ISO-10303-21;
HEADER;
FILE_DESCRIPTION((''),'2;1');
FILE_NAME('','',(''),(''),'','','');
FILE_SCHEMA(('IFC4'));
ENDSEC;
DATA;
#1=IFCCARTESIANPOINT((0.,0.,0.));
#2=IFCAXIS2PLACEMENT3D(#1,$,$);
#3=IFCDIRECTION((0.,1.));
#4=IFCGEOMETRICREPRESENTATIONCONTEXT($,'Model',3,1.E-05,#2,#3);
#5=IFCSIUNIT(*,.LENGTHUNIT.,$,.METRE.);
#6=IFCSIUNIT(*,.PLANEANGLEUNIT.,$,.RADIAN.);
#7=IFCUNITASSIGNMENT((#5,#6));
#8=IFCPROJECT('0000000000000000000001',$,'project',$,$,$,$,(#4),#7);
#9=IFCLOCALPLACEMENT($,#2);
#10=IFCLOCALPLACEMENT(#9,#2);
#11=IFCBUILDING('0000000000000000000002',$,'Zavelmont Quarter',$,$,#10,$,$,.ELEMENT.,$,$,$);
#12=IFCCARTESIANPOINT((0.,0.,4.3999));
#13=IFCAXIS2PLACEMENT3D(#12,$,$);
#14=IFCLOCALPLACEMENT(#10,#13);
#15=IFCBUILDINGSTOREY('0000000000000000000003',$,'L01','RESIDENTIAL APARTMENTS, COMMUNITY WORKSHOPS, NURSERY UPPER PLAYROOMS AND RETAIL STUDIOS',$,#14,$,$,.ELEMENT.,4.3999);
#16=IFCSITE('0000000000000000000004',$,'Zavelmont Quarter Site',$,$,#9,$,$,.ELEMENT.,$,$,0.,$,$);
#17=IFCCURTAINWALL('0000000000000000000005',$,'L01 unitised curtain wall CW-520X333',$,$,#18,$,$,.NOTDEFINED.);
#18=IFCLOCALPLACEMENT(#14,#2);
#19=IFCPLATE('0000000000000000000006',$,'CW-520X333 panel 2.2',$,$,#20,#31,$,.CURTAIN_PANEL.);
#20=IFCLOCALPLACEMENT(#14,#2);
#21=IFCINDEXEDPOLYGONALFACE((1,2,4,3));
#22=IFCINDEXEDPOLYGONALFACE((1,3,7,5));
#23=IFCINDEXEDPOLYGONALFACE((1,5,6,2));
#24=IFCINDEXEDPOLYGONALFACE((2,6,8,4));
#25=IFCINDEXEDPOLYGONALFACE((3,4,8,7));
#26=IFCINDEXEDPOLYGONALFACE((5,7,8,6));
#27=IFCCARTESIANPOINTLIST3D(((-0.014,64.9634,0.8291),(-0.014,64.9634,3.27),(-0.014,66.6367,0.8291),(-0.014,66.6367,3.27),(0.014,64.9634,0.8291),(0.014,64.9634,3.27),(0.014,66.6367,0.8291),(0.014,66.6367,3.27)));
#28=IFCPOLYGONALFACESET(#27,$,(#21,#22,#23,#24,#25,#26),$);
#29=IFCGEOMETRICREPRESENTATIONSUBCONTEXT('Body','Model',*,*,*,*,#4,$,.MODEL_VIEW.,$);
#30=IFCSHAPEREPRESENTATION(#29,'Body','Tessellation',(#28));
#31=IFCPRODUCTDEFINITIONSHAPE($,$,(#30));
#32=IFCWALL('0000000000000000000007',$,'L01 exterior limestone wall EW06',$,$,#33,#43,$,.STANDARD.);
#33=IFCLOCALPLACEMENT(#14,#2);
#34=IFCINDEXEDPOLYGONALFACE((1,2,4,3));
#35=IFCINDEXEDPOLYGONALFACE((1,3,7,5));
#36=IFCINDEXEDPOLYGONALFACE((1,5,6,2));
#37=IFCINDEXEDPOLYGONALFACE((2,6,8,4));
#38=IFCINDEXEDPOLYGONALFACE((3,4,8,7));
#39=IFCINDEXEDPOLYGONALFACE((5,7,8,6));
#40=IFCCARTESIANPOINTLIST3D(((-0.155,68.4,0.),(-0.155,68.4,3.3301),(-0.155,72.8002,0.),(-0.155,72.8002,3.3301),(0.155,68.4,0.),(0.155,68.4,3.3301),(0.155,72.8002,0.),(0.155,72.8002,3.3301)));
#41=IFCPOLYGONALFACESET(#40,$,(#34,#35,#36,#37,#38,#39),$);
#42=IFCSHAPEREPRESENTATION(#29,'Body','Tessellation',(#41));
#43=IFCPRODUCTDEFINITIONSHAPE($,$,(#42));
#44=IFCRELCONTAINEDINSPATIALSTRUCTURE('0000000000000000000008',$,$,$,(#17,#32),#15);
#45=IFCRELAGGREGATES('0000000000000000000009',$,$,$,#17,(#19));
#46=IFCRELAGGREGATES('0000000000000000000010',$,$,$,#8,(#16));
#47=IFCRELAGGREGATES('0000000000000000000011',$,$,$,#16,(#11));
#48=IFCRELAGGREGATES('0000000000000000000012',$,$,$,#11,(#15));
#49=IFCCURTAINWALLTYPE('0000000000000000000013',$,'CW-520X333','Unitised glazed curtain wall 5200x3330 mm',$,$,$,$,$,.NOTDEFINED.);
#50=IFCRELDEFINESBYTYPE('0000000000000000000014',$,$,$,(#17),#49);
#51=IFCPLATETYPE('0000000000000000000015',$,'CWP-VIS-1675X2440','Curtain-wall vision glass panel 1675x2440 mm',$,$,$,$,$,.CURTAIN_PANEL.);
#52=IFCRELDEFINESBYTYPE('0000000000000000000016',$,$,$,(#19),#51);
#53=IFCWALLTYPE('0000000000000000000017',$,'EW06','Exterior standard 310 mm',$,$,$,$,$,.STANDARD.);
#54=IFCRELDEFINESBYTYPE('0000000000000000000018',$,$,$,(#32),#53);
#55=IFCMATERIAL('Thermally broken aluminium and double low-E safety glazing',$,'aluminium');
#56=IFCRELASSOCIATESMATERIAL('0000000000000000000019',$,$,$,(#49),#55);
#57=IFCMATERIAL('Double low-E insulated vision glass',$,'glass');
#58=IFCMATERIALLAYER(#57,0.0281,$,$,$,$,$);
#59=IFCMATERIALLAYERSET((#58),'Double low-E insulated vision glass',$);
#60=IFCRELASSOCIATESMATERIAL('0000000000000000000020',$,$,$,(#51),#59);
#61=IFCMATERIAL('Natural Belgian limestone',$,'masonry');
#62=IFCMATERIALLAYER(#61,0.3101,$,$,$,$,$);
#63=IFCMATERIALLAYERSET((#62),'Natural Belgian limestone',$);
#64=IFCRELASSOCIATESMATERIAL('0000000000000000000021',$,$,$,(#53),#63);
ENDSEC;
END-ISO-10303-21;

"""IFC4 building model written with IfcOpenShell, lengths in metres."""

from ifc_helpers import new_model, si_unit, direction, frame, frame_2d, origin, origin_2d, place, context, subcontext, project, spatial, rectangle, extrude, material, layer, layer_set, type_object, element, aggregate, save


model = new_model("IFC4")

# Units and contexts
model_context = context("Model", 3, precision=1e-05, world=origin(), true_north=direction((0.0, 1.0)))
body_context = subcontext(model_context, "Body", "Model", "MODEL_VIEW")
ifc_project = project(units=[si_unit("LENGTHUNIT", "METRE"), si_unit("PLANEANGLEUNIT", "RADIAN")], contexts=[model_context])

# Site, building, storey
site_placement = place(None, origin())
site = spatial("IfcSite", under=ifc_project, at=site_placement, Name="Zavelmont Quarter Site", CompositionType="ELEMENT", RefElevation=0.0)
building_placement = place(site_placement, origin())
building = spatial("IfcBuilding", under=site, at=building_placement, Name="Zavelmont Quarter", CompositionType="ELEMENT")
storey_placement = place(building_placement, frame((0.0, 0.0, 4.3999)))
storey = spatial("IfcBuildingStorey", under=building, at=storey_placement, Name="L01", Description="RESIDENTIAL APARTMENTS, COMMUNITY WORKSHOPS, NURSERY UPPER PLAYROOMS AND RETAIL STUDIOS", CompositionType="ELEMENT", Elevation=4.3999)

# Curtain wall
ifc_material_1 = material(Name="Thermally broken aluminium and double low-E safety glazing", Category="aluminium")
curtain_wall_type_1 = type_object("IfcCurtainWallType", Name="CW-520X333", Description="Unitised glazed curtain wall 5200x3330 mm", PredefinedType="NOTDEFINED", material=ifc_material_1)
curtain_wall_1_placement = place(storey_placement, origin())
curtain_wall_1 = element("IfcCurtainWall", 1, at=curtain_wall_1_placement, inside=storey, type_object=curtain_wall_type_1, Name="L01 unitised curtain wall CW-520X333", PredefinedType="NOTDEFINED")

# Plate
ifc_material_2 = material(Name="Double low-E insulated vision glass", Category="glass")
ifc_layer_1 = layer(ifc_material_2, 0.0281)
ifc_layer_set_1 = layer_set([ifc_layer_1], Name="Double low-E insulated vision glass")
plate_type_1 = type_object("IfcPlateType", Name="CWP-VIS-1675X2440", Description="Curtain-wall vision glass panel 1675x2440 mm", PredefinedType="CURTAIN_PANEL", material=ifc_layer_set_1)
plate_1_placement = place(storey_placement, frame((0.0, 65.8, 0.8291), z_axis=(0.0, 0.0, 1.0), x_axis=(0.0, 1.0, 0.0)))
plate_1 = element("IfcPlate", 2, at=plate_1_placement, type_object=plate_type_1, Name="CW-520X333 panel 2.2", PredefinedType="CURTAIN_PANEL", context=body_context, shape_type="SweptSolid", body=[
    extrude(rectangle(XDim=1.6733, YDim=0.0281, at=origin_2d()), origin(), (0.0, 0.0, 1.0), 2.4409),
])
aggregate(curtain_wall_1, [plate_1])

# Wall
ifc_material_3 = material(Name="Natural Belgian limestone", Category="masonry")
ifc_layer_2 = layer(ifc_material_3, 0.3101)
ifc_layer_set_2 = layer_set([ifc_layer_2], Name="Natural Belgian limestone")
wall_type = type_object("IfcWallType", Name="EW06", Description="Exterior standard 310 mm", PredefinedType="STANDARD", material=ifc_layer_set_2)
wall_placement = place(storey_placement, frame((0.0, 68.3999, 0.0), z_axis=(0.0, 0.0, 1.0), x_axis=(0.0, 1.0, 0.0)))
element("IfcWall", 3, at=wall_placement, inside=storey, type_object=wall_type, Name="L01 exterior limestone wall EW06", PredefinedType="STANDARD", context=body_context, shape_type="SweptSolid", body=[
    extrude(rectangle(XDim=4.4001, YDim=0.3101, at=frame_2d((2.2002, 0.0))), origin(), (0.0, 0.0, 1.0), 3.3301),
])

save(model, "model.ifc")
